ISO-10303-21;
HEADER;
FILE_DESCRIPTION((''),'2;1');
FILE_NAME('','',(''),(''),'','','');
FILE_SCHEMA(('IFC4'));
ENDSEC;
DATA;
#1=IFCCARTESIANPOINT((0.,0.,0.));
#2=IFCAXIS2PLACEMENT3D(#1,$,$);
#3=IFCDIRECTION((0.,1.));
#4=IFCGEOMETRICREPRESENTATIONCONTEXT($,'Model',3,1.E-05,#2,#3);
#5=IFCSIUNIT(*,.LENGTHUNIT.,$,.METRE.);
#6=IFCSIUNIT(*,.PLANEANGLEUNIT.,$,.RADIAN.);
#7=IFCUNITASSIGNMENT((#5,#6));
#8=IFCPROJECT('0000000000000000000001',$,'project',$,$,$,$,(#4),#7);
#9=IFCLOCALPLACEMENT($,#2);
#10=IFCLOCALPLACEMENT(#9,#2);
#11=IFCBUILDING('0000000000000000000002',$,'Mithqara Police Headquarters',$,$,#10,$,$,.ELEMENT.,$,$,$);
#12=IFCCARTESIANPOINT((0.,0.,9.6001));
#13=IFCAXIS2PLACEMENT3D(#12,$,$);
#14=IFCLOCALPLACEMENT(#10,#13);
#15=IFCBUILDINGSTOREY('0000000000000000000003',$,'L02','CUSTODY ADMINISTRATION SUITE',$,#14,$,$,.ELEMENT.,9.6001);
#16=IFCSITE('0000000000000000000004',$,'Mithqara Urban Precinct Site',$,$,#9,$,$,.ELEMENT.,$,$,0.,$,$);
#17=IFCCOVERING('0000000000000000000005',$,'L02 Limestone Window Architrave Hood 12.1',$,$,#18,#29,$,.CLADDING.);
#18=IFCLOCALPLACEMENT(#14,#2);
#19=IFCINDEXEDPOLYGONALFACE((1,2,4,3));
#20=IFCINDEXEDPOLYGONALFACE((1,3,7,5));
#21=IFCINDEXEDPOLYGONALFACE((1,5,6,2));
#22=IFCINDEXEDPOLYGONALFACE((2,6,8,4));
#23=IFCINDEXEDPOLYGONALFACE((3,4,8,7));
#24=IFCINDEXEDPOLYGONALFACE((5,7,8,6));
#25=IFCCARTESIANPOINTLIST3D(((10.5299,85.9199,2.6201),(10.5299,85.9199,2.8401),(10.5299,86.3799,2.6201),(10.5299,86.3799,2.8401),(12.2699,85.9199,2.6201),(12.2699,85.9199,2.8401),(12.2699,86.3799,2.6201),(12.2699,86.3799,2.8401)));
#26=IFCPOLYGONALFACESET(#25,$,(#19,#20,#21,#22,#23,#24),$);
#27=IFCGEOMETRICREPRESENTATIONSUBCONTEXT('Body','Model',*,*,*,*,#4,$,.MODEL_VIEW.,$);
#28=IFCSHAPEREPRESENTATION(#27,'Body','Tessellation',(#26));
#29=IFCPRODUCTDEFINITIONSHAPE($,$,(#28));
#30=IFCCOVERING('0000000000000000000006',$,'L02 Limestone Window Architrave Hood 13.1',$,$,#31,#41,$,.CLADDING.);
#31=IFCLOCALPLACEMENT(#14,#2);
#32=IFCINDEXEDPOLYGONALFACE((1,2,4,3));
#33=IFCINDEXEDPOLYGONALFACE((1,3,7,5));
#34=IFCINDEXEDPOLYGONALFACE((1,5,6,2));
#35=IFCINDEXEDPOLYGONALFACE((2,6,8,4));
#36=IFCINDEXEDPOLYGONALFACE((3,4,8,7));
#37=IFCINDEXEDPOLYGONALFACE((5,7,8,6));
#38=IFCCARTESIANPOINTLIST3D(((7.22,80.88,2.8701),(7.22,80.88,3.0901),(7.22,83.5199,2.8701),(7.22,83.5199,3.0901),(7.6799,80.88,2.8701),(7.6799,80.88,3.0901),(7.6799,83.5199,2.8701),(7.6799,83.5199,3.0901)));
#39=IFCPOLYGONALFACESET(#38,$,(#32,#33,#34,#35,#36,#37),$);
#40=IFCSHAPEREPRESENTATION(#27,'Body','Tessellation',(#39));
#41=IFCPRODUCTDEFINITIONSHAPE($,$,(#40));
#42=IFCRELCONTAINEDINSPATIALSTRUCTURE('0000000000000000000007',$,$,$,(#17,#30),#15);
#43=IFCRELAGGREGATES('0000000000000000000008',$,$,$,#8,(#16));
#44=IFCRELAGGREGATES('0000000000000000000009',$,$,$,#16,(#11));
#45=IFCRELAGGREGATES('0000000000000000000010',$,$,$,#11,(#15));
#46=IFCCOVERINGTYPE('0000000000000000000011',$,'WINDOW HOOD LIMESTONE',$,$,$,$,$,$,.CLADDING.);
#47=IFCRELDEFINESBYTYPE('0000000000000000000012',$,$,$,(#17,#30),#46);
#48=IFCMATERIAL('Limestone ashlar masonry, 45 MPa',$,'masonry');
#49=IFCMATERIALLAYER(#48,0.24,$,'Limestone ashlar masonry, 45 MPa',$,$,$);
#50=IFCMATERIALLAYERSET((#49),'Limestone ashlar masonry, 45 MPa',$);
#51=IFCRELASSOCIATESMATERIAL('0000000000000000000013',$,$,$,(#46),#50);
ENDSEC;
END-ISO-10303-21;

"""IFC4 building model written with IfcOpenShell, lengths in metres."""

from ifc_helpers import new_model, si_unit, direction, frame, origin, origin_2d, place, context, subcontext, project, spatial, rectangle, extrude, material, layer, layer_set, type_object, element, save


model = new_model("IFC4")

# Units and contexts
model_context = context("Model", 3, precision=1e-05, world=origin(), true_north=direction((0.0, 1.0)))
body_context = subcontext(model_context, "Body", "Model", "MODEL_VIEW")
ifc_project = project(units=[si_unit("LENGTHUNIT", "METRE"), si_unit("PLANEANGLEUNIT", "RADIAN")], contexts=[model_context])

# Site, building, storey
site_placement = place(None, origin())
site = spatial("IfcSite", under=ifc_project, at=site_placement, Name="Mithqara Urban Precinct Site", CompositionType="ELEMENT", RefElevation=0.0)
building_placement = place(site_placement, origin())
building = spatial("IfcBuilding", under=site, at=building_placement, Name="Mithqara Police Headquarters", CompositionType="ELEMENT")
storey_placement = place(building_placement, frame((0.0, 0.0, 9.6001)))
storey = spatial("IfcBuildingStorey", under=building, at=storey_placement, Name="L02", Description="CUSTODY ADMINISTRATION SUITE", CompositionType="ELEMENT", Elevation=9.6001)

# Shared definitions
ifc_material_1 = material(Name="Limestone ashlar masonry, 45 MPa", Category="masonry")

# Coverings
ifc_layer_1 = layer(ifc_material_1, 0.24, Name="Limestone ashlar masonry, 45 MPa")
ifc_layer_set_1 = layer_set([ifc_layer_1], Name="Limestone ashlar masonry, 45 MPa")
covering_type_1 = type_object("IfcCoveringType", Name="WINDOW HOOD LIMESTONE", PredefinedType="CLADDING", material=ifc_layer_set_1)
covering_1_placement = place(storey_placement, frame((11.3999, 86.1499, 2.6201), z_axis=(0.0, 0.0, 1.0), x_axis=(1.0, 0.0, 0.0)))
element("IfcCovering", 1, at=covering_1_placement, inside=storey, type_object=covering_type_1, Name="L02 Limestone Window Architrave Hood 12.1", PredefinedType="CLADDING", context=body_context, shape_type="SweptSolid", body=[
    extrude(rectangle(XDim=1.74, YDim=0.46, at=origin_2d()), origin(), (0.0, 0.0, 1.0), 0.22),
])
covering_2_placement = place(storey_placement, frame((7.45, 82.2, 2.8701), z_axis=(0.0, 0.0, 1.0), x_axis=(0.0, 1.0, 0.0)))
element("IfcCovering", 2, at=covering_2_placement, inside=storey, type_object=covering_type_1, Name="L02 Limestone Window Architrave Hood 13.1", PredefinedType="CLADDING", context=body_context, shape_type="SweptSolid", body=[
    extrude(rectangle(XDim=2.6399, YDim=0.46, at=origin_2d()), origin(), (0.0, 0.0, 1.0), 0.22),
])

save(model, "model.ifc")
